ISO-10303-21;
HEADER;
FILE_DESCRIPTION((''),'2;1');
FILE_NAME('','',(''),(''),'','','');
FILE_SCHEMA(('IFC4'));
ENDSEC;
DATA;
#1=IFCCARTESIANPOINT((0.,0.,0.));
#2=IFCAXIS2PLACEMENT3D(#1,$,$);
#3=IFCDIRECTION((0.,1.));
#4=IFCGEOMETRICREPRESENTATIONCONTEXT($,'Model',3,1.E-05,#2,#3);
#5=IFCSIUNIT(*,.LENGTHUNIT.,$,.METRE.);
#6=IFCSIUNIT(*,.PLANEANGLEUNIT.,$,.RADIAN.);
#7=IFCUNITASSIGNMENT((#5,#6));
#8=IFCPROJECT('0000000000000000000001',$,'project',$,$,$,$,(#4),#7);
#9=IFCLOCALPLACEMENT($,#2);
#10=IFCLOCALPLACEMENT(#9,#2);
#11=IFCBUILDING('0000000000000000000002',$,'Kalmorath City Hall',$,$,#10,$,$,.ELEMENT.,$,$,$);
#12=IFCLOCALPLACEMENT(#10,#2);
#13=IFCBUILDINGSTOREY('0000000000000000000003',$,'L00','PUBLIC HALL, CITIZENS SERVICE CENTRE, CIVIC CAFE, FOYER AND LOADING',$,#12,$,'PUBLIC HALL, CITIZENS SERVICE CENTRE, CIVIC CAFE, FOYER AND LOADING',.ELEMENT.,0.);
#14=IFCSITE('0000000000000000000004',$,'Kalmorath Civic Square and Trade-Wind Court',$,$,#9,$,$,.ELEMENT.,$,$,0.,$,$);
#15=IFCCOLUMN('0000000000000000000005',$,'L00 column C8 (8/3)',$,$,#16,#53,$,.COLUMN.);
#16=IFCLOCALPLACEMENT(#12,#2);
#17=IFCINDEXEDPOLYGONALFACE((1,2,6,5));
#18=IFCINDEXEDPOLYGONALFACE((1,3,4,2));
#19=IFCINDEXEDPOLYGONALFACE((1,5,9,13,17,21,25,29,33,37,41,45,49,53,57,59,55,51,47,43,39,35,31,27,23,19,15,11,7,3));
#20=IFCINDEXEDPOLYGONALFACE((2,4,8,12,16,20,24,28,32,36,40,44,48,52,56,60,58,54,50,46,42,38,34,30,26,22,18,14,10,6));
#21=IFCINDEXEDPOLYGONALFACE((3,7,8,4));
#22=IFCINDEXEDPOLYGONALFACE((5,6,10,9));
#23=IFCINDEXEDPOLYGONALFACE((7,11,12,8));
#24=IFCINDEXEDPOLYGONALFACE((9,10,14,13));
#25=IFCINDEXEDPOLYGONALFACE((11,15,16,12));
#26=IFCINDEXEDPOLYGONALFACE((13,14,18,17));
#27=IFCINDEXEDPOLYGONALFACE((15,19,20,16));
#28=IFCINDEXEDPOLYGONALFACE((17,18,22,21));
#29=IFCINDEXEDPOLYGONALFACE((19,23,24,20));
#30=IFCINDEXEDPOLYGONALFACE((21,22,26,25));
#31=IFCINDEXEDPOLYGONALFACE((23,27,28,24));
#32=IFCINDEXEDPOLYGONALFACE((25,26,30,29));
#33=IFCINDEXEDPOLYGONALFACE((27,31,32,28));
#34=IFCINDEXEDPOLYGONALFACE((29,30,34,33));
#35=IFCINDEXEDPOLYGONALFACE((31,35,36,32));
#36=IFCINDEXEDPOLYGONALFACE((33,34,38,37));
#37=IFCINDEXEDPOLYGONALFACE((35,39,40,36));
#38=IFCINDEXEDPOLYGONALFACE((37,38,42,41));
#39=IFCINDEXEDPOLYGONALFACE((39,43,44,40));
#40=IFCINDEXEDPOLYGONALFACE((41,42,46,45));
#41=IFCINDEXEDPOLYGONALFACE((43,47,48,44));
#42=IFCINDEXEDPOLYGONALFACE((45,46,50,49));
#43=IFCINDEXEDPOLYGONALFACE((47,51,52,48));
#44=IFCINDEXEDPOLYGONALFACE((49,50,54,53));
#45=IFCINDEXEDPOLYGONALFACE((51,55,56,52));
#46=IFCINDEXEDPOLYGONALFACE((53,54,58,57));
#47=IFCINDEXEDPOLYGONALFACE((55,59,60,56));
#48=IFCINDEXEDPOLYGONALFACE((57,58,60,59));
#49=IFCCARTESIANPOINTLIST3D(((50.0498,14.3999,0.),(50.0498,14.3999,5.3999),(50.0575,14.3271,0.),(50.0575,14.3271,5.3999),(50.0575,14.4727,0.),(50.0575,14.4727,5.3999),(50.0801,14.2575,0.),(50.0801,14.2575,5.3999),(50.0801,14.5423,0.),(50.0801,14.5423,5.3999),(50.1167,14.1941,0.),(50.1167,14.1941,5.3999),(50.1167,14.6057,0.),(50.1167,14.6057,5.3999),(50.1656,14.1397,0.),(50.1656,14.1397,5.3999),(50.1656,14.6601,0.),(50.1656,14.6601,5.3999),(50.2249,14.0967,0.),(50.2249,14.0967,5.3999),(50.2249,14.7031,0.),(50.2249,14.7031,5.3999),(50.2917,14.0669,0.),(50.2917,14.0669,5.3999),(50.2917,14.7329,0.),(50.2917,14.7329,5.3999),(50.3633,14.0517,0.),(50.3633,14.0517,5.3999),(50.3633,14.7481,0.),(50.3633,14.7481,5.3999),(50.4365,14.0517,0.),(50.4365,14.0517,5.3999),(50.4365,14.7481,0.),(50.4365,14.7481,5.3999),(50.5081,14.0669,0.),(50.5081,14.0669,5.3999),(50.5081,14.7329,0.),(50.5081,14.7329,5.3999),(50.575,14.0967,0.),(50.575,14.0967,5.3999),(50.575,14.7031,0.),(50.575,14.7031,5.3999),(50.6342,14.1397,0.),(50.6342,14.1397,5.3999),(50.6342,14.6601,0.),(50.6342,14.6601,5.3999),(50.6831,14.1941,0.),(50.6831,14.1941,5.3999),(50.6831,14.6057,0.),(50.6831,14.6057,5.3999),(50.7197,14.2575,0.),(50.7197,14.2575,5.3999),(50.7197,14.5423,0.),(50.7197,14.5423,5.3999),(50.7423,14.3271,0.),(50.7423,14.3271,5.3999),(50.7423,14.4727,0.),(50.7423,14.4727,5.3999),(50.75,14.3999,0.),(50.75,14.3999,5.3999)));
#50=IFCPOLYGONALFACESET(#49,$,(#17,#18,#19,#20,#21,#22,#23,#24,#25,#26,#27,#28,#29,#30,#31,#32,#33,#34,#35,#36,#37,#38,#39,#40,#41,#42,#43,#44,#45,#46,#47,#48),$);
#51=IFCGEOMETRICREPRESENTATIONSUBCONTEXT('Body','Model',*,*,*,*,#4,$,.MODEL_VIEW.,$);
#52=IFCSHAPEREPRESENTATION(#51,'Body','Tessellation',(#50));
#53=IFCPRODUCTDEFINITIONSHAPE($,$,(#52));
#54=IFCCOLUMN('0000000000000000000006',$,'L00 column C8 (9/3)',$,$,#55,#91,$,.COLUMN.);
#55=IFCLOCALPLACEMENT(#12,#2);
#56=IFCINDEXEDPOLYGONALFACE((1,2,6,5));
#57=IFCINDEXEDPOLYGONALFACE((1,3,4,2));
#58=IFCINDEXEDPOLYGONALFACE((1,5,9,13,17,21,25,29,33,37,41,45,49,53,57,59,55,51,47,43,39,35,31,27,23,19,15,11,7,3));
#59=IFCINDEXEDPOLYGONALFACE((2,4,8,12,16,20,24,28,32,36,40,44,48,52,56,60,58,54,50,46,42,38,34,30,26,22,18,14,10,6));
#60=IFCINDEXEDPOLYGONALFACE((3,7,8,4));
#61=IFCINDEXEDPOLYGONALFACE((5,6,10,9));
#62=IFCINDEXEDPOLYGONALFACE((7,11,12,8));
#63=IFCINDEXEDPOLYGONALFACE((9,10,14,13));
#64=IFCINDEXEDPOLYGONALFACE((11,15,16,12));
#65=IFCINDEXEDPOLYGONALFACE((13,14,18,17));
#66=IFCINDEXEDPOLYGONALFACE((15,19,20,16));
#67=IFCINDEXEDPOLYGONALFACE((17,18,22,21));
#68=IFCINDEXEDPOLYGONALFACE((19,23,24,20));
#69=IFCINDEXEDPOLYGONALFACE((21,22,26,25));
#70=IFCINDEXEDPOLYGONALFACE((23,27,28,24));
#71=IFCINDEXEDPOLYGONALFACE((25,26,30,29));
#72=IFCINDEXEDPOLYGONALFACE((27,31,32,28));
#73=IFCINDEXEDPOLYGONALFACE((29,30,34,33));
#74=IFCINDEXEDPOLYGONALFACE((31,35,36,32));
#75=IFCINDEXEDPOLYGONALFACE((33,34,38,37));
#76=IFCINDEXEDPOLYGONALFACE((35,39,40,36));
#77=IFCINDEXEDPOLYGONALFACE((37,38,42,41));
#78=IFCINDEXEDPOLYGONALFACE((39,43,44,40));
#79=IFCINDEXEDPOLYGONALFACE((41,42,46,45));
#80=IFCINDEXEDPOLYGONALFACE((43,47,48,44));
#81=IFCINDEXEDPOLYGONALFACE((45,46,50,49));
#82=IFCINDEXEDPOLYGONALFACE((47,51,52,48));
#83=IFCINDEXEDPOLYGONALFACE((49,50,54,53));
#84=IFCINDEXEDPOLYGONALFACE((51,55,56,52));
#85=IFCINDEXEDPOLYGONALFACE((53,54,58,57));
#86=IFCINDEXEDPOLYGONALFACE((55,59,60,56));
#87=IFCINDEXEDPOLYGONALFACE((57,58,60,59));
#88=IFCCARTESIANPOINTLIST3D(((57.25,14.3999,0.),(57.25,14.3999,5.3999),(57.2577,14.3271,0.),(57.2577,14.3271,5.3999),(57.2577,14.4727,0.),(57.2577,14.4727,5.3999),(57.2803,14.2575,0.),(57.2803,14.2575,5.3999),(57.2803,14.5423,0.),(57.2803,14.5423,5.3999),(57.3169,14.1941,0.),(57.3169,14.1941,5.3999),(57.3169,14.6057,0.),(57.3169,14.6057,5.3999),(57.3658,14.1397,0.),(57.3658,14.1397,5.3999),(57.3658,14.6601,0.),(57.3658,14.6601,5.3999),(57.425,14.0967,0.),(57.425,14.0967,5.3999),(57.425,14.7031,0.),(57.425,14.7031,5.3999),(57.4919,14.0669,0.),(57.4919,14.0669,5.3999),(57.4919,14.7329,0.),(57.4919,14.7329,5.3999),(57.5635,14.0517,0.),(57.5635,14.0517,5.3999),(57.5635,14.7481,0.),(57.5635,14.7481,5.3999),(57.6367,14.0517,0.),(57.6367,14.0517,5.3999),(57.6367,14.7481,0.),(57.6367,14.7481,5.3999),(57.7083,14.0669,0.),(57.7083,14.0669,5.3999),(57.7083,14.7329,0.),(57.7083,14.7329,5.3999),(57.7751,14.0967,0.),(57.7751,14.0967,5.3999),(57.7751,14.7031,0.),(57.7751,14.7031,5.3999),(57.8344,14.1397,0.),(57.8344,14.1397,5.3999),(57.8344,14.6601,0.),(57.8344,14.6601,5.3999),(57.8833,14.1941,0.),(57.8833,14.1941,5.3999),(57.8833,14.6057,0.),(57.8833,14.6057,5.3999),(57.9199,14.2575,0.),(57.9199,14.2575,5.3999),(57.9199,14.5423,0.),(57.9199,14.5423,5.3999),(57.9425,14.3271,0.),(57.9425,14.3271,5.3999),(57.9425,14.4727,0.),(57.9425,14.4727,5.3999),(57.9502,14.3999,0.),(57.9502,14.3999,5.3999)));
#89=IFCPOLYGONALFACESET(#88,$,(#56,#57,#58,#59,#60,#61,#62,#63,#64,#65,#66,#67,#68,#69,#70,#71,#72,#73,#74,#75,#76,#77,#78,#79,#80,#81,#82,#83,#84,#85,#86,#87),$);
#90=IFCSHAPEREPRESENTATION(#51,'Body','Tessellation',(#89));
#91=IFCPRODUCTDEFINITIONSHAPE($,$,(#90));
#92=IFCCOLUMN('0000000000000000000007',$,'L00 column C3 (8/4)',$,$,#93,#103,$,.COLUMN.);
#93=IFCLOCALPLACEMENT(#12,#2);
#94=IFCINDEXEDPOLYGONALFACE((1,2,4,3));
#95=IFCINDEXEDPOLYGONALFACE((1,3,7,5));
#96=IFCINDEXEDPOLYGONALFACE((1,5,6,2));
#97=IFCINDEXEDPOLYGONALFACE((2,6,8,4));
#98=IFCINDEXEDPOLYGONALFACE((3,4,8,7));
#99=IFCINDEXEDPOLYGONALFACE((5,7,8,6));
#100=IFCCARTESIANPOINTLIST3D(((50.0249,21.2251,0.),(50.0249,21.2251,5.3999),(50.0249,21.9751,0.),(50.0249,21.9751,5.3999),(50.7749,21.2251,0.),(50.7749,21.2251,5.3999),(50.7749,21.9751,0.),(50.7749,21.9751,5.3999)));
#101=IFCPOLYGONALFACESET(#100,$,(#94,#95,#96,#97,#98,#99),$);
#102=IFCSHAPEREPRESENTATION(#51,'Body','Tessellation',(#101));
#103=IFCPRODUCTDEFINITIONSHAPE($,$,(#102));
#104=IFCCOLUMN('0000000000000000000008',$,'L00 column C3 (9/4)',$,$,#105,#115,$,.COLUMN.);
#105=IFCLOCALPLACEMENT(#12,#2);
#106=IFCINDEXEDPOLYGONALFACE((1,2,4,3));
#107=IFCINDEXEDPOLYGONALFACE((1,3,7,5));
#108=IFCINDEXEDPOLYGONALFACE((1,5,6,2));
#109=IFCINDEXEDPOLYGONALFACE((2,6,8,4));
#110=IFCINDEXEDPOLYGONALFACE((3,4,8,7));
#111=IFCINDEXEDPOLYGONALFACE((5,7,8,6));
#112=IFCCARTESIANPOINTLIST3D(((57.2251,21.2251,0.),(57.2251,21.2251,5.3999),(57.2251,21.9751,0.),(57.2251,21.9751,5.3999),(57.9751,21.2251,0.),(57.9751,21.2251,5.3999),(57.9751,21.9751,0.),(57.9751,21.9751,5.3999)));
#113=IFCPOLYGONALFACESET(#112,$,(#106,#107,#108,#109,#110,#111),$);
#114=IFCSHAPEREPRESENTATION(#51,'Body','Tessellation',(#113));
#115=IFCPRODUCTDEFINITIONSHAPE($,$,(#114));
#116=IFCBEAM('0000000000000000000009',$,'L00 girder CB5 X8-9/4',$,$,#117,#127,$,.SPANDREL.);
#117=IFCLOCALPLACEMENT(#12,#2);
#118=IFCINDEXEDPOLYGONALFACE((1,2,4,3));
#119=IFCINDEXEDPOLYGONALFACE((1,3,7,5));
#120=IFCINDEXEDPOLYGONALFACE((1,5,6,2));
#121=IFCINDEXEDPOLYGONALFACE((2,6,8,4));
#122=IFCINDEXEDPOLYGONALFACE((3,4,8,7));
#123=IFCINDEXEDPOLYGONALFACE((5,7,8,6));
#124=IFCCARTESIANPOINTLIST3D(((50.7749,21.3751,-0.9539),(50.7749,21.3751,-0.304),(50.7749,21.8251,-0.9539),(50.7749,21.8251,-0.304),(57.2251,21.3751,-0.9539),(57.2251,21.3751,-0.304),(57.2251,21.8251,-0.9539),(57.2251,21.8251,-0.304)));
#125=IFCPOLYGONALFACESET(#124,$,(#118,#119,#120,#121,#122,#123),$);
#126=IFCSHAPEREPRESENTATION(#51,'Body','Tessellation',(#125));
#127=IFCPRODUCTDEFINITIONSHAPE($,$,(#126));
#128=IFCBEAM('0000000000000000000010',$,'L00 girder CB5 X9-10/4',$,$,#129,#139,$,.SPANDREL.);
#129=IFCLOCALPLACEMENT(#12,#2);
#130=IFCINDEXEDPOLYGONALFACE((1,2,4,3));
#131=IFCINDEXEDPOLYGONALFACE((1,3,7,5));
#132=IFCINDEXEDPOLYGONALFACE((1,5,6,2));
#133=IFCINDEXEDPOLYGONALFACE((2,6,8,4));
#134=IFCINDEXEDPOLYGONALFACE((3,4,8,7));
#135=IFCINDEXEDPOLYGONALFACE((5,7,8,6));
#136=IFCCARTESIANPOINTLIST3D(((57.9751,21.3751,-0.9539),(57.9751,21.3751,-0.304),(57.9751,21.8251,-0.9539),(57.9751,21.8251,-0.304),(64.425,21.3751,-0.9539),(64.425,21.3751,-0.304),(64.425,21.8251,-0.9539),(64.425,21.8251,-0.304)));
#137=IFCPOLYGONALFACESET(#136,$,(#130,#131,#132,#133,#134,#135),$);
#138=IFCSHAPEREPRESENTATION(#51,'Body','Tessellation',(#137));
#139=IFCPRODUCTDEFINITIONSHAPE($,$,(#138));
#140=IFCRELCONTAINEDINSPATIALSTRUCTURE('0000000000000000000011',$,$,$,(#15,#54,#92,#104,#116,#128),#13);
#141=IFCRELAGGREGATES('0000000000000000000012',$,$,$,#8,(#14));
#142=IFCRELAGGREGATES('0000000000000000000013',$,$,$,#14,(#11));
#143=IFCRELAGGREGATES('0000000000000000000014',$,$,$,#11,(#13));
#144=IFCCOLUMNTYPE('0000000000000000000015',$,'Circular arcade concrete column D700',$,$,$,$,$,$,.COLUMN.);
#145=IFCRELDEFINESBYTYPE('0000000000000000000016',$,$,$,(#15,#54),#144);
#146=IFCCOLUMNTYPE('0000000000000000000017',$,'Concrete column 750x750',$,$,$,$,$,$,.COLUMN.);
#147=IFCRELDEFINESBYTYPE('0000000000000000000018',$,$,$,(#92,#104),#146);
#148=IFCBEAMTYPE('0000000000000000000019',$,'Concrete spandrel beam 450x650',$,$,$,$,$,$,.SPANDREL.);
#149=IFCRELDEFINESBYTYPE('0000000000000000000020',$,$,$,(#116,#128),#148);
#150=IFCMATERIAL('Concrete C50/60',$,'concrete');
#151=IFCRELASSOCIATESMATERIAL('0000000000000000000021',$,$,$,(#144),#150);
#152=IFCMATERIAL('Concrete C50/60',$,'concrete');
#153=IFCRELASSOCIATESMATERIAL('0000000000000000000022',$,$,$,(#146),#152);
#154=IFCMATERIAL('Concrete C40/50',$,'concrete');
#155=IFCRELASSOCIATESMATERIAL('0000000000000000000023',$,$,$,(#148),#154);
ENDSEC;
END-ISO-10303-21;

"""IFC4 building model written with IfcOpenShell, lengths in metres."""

from ifc_helpers import new_model, si_unit, direction, frame, origin, origin_2d, place, context, subcontext, project, spatial, rectangle, circle, extrude, material, material_profile, profile_set, type_object, element, save


model = new_model("IFC4")

# Units and contexts
model_context = context("Model", 3, precision=1e-05, world=origin(), true_north=direction((0.0, 1.0)))
body_context = subcontext(model_context, "Body", "Model", "MODEL_VIEW")
ifc_project = project(units=[si_unit("LENGTHUNIT", "METRE"), si_unit("PLANEANGLEUNIT", "RADIAN")], contexts=[model_context])

# Site, building, storey
site_placement = place(None, origin())
site = spatial("IfcSite", under=ifc_project, at=site_placement, Name="Kalmorath Civic Square and Trade-Wind Court", CompositionType="ELEMENT", RefElevation=0.0)
building_placement = place(site_placement, origin())
building = spatial("IfcBuilding", under=site, at=building_placement, Name="Kalmorath City Hall", CompositionType="ELEMENT")
storey_placement = place(building_placement, origin())
storey = spatial("IfcBuildingStorey", under=building, at=storey_placement, Name="L00", Description="PUBLIC HALL, CITIZENS SERVICE CENTRE, CIVIC CAFE, FOYER AND LOADING", LongName="PUBLIC HALL, CITIZENS SERVICE CENTRE, CIVIC CAFE, FOYER AND LOADING", CompositionType="ELEMENT", Elevation=0.0)

# Columns
ifc_material_1 = material(Name="Concrete C50/60", Category="concrete")
ifc_material_profile_1 = material_profile(ifc_material_1, circle(Radius=0.3501, at=origin_2d()), Name="RC-COL-D700")
ifc_profile_set_1 = profile_set([ifc_material_profile_1], Name="Concrete C50/60")
column_type_1 = type_object("IfcColumnType", Name="Circular arcade concrete column D700", PredefinedType="COLUMN", material=ifc_profile_set_1)
for number, where, z_axis, x_axis, name in (
    (1, (50.3999, 14.3999, 0.0), (0.0, 0.0, 1.0), (1.0, 0.0, 0.0), "L00 column C8 (8/3)"),
    (2, (57.6001, 14.3999, 0.0), (0.0, 0.0, 1.0), (1.0, 0.0, 0.0), "L00 column C8 (9/3)"),
):
    element("IfcColumn", number, at=place(storey_placement, frame(where, z_axis=z_axis, x_axis=x_axis)), inside=storey, type_object=column_type_1, Name=name, PredefinedType="COLUMN", context=body_context, shape_type="SweptSolid", body=[
        extrude(circle(Radius=0.3501, at=origin_2d()), origin(), (0.0, 0.0, 1.0), 5.3999),
    ])
ifc_material_2 = material(Name="Concrete C50/60", Category="concrete")
ifc_material_profile_2 = material_profile(ifc_material_2, rectangle(XDim=0.75, YDim=0.75, at=origin_2d()), Name="RC-COL-750X750")
ifc_profile_set_2 = profile_set([ifc_material_profile_2], Name="Concrete C50/60")
column_type_2 = type_object("IfcColumnType", Name="Concrete column 750x750", PredefinedType="COLUMN", material=ifc_profile_set_2)
for number, where, z_axis, x_axis, name in (
    (3, (50.3999, 21.6001, 0.0), (0.0, 0.0, 1.0), (1.0, 0.0, 0.0), "L00 column C3 (8/4)"),
    (4, (57.6001, 21.6001, 0.0), (0.0, 0.0, 1.0), (1.0, 0.0, 0.0), "L00 column C3 (9/4)"),
):
    element("IfcColumn", number, at=place(storey_placement, frame(where, z_axis=z_axis, x_axis=x_axis)), inside=storey, type_object=column_type_2, Name=name, PredefinedType="COLUMN", context=body_context, shape_type="SweptSolid", body=[
        extrude(rectangle(XDim=0.75, YDim=0.75, at=origin_2d()), origin(), (0.0, 0.0, 1.0), 5.3999),
    ])

# Beams
ifc_material_3 = material(Name="Concrete C40/50", Category="concrete")
ifc_material_profile_3 = material_profile(ifc_material_3, rectangle(XDim=0.45, YDim=0.6499, at=origin_2d()), Name="RC-BM-450X650")
ifc_profile_set_3 = profile_set([ifc_material_profile_3], Name="Concrete C40/50")
beam_type = type_object("IfcBeamType", Name="Concrete spandrel beam 450x650", PredefinedType="SPANDREL", material=ifc_profile_set_3)
beam_1_placement = place(storey_placement, frame((50.7749, 21.6001, -0.6289), z_axis=(1.0, 0.0, 0.0), x_axis=(0.0, 1.0, 0.0)))
element("IfcBeam", 5, at=beam_1_placement, inside=storey, type_object=beam_type, Name="L00 girder CB5 X8-9/4", PredefinedType="SPANDREL", context=body_context, shape_type="SweptSolid", body=[
    extrude(rectangle(XDim=0.45, YDim=0.6499, at=origin_2d()), origin(), (0.0, 0.0, 1.0), 6.4502),
])
beam_2_placement = place(storey_placement, frame((57.9751, 21.6001, -0.6289), z_axis=(1.0, 0.0, 0.0), x_axis=(0.0, 1.0, 0.0)))
element("IfcBeam", 6, at=beam_2_placement, inside=storey, type_object=beam_type, Name="L00 girder CB5 X9-10/4", PredefinedType="SPANDREL", context=body_context, shape_type="SweptSolid", body=[
    extrude(rectangle(XDim=0.45, YDim=0.6499, at=origin_2d()), origin(), (0.0, 0.0, 1.0), 6.45),
])

save(model, "model.ifc")
